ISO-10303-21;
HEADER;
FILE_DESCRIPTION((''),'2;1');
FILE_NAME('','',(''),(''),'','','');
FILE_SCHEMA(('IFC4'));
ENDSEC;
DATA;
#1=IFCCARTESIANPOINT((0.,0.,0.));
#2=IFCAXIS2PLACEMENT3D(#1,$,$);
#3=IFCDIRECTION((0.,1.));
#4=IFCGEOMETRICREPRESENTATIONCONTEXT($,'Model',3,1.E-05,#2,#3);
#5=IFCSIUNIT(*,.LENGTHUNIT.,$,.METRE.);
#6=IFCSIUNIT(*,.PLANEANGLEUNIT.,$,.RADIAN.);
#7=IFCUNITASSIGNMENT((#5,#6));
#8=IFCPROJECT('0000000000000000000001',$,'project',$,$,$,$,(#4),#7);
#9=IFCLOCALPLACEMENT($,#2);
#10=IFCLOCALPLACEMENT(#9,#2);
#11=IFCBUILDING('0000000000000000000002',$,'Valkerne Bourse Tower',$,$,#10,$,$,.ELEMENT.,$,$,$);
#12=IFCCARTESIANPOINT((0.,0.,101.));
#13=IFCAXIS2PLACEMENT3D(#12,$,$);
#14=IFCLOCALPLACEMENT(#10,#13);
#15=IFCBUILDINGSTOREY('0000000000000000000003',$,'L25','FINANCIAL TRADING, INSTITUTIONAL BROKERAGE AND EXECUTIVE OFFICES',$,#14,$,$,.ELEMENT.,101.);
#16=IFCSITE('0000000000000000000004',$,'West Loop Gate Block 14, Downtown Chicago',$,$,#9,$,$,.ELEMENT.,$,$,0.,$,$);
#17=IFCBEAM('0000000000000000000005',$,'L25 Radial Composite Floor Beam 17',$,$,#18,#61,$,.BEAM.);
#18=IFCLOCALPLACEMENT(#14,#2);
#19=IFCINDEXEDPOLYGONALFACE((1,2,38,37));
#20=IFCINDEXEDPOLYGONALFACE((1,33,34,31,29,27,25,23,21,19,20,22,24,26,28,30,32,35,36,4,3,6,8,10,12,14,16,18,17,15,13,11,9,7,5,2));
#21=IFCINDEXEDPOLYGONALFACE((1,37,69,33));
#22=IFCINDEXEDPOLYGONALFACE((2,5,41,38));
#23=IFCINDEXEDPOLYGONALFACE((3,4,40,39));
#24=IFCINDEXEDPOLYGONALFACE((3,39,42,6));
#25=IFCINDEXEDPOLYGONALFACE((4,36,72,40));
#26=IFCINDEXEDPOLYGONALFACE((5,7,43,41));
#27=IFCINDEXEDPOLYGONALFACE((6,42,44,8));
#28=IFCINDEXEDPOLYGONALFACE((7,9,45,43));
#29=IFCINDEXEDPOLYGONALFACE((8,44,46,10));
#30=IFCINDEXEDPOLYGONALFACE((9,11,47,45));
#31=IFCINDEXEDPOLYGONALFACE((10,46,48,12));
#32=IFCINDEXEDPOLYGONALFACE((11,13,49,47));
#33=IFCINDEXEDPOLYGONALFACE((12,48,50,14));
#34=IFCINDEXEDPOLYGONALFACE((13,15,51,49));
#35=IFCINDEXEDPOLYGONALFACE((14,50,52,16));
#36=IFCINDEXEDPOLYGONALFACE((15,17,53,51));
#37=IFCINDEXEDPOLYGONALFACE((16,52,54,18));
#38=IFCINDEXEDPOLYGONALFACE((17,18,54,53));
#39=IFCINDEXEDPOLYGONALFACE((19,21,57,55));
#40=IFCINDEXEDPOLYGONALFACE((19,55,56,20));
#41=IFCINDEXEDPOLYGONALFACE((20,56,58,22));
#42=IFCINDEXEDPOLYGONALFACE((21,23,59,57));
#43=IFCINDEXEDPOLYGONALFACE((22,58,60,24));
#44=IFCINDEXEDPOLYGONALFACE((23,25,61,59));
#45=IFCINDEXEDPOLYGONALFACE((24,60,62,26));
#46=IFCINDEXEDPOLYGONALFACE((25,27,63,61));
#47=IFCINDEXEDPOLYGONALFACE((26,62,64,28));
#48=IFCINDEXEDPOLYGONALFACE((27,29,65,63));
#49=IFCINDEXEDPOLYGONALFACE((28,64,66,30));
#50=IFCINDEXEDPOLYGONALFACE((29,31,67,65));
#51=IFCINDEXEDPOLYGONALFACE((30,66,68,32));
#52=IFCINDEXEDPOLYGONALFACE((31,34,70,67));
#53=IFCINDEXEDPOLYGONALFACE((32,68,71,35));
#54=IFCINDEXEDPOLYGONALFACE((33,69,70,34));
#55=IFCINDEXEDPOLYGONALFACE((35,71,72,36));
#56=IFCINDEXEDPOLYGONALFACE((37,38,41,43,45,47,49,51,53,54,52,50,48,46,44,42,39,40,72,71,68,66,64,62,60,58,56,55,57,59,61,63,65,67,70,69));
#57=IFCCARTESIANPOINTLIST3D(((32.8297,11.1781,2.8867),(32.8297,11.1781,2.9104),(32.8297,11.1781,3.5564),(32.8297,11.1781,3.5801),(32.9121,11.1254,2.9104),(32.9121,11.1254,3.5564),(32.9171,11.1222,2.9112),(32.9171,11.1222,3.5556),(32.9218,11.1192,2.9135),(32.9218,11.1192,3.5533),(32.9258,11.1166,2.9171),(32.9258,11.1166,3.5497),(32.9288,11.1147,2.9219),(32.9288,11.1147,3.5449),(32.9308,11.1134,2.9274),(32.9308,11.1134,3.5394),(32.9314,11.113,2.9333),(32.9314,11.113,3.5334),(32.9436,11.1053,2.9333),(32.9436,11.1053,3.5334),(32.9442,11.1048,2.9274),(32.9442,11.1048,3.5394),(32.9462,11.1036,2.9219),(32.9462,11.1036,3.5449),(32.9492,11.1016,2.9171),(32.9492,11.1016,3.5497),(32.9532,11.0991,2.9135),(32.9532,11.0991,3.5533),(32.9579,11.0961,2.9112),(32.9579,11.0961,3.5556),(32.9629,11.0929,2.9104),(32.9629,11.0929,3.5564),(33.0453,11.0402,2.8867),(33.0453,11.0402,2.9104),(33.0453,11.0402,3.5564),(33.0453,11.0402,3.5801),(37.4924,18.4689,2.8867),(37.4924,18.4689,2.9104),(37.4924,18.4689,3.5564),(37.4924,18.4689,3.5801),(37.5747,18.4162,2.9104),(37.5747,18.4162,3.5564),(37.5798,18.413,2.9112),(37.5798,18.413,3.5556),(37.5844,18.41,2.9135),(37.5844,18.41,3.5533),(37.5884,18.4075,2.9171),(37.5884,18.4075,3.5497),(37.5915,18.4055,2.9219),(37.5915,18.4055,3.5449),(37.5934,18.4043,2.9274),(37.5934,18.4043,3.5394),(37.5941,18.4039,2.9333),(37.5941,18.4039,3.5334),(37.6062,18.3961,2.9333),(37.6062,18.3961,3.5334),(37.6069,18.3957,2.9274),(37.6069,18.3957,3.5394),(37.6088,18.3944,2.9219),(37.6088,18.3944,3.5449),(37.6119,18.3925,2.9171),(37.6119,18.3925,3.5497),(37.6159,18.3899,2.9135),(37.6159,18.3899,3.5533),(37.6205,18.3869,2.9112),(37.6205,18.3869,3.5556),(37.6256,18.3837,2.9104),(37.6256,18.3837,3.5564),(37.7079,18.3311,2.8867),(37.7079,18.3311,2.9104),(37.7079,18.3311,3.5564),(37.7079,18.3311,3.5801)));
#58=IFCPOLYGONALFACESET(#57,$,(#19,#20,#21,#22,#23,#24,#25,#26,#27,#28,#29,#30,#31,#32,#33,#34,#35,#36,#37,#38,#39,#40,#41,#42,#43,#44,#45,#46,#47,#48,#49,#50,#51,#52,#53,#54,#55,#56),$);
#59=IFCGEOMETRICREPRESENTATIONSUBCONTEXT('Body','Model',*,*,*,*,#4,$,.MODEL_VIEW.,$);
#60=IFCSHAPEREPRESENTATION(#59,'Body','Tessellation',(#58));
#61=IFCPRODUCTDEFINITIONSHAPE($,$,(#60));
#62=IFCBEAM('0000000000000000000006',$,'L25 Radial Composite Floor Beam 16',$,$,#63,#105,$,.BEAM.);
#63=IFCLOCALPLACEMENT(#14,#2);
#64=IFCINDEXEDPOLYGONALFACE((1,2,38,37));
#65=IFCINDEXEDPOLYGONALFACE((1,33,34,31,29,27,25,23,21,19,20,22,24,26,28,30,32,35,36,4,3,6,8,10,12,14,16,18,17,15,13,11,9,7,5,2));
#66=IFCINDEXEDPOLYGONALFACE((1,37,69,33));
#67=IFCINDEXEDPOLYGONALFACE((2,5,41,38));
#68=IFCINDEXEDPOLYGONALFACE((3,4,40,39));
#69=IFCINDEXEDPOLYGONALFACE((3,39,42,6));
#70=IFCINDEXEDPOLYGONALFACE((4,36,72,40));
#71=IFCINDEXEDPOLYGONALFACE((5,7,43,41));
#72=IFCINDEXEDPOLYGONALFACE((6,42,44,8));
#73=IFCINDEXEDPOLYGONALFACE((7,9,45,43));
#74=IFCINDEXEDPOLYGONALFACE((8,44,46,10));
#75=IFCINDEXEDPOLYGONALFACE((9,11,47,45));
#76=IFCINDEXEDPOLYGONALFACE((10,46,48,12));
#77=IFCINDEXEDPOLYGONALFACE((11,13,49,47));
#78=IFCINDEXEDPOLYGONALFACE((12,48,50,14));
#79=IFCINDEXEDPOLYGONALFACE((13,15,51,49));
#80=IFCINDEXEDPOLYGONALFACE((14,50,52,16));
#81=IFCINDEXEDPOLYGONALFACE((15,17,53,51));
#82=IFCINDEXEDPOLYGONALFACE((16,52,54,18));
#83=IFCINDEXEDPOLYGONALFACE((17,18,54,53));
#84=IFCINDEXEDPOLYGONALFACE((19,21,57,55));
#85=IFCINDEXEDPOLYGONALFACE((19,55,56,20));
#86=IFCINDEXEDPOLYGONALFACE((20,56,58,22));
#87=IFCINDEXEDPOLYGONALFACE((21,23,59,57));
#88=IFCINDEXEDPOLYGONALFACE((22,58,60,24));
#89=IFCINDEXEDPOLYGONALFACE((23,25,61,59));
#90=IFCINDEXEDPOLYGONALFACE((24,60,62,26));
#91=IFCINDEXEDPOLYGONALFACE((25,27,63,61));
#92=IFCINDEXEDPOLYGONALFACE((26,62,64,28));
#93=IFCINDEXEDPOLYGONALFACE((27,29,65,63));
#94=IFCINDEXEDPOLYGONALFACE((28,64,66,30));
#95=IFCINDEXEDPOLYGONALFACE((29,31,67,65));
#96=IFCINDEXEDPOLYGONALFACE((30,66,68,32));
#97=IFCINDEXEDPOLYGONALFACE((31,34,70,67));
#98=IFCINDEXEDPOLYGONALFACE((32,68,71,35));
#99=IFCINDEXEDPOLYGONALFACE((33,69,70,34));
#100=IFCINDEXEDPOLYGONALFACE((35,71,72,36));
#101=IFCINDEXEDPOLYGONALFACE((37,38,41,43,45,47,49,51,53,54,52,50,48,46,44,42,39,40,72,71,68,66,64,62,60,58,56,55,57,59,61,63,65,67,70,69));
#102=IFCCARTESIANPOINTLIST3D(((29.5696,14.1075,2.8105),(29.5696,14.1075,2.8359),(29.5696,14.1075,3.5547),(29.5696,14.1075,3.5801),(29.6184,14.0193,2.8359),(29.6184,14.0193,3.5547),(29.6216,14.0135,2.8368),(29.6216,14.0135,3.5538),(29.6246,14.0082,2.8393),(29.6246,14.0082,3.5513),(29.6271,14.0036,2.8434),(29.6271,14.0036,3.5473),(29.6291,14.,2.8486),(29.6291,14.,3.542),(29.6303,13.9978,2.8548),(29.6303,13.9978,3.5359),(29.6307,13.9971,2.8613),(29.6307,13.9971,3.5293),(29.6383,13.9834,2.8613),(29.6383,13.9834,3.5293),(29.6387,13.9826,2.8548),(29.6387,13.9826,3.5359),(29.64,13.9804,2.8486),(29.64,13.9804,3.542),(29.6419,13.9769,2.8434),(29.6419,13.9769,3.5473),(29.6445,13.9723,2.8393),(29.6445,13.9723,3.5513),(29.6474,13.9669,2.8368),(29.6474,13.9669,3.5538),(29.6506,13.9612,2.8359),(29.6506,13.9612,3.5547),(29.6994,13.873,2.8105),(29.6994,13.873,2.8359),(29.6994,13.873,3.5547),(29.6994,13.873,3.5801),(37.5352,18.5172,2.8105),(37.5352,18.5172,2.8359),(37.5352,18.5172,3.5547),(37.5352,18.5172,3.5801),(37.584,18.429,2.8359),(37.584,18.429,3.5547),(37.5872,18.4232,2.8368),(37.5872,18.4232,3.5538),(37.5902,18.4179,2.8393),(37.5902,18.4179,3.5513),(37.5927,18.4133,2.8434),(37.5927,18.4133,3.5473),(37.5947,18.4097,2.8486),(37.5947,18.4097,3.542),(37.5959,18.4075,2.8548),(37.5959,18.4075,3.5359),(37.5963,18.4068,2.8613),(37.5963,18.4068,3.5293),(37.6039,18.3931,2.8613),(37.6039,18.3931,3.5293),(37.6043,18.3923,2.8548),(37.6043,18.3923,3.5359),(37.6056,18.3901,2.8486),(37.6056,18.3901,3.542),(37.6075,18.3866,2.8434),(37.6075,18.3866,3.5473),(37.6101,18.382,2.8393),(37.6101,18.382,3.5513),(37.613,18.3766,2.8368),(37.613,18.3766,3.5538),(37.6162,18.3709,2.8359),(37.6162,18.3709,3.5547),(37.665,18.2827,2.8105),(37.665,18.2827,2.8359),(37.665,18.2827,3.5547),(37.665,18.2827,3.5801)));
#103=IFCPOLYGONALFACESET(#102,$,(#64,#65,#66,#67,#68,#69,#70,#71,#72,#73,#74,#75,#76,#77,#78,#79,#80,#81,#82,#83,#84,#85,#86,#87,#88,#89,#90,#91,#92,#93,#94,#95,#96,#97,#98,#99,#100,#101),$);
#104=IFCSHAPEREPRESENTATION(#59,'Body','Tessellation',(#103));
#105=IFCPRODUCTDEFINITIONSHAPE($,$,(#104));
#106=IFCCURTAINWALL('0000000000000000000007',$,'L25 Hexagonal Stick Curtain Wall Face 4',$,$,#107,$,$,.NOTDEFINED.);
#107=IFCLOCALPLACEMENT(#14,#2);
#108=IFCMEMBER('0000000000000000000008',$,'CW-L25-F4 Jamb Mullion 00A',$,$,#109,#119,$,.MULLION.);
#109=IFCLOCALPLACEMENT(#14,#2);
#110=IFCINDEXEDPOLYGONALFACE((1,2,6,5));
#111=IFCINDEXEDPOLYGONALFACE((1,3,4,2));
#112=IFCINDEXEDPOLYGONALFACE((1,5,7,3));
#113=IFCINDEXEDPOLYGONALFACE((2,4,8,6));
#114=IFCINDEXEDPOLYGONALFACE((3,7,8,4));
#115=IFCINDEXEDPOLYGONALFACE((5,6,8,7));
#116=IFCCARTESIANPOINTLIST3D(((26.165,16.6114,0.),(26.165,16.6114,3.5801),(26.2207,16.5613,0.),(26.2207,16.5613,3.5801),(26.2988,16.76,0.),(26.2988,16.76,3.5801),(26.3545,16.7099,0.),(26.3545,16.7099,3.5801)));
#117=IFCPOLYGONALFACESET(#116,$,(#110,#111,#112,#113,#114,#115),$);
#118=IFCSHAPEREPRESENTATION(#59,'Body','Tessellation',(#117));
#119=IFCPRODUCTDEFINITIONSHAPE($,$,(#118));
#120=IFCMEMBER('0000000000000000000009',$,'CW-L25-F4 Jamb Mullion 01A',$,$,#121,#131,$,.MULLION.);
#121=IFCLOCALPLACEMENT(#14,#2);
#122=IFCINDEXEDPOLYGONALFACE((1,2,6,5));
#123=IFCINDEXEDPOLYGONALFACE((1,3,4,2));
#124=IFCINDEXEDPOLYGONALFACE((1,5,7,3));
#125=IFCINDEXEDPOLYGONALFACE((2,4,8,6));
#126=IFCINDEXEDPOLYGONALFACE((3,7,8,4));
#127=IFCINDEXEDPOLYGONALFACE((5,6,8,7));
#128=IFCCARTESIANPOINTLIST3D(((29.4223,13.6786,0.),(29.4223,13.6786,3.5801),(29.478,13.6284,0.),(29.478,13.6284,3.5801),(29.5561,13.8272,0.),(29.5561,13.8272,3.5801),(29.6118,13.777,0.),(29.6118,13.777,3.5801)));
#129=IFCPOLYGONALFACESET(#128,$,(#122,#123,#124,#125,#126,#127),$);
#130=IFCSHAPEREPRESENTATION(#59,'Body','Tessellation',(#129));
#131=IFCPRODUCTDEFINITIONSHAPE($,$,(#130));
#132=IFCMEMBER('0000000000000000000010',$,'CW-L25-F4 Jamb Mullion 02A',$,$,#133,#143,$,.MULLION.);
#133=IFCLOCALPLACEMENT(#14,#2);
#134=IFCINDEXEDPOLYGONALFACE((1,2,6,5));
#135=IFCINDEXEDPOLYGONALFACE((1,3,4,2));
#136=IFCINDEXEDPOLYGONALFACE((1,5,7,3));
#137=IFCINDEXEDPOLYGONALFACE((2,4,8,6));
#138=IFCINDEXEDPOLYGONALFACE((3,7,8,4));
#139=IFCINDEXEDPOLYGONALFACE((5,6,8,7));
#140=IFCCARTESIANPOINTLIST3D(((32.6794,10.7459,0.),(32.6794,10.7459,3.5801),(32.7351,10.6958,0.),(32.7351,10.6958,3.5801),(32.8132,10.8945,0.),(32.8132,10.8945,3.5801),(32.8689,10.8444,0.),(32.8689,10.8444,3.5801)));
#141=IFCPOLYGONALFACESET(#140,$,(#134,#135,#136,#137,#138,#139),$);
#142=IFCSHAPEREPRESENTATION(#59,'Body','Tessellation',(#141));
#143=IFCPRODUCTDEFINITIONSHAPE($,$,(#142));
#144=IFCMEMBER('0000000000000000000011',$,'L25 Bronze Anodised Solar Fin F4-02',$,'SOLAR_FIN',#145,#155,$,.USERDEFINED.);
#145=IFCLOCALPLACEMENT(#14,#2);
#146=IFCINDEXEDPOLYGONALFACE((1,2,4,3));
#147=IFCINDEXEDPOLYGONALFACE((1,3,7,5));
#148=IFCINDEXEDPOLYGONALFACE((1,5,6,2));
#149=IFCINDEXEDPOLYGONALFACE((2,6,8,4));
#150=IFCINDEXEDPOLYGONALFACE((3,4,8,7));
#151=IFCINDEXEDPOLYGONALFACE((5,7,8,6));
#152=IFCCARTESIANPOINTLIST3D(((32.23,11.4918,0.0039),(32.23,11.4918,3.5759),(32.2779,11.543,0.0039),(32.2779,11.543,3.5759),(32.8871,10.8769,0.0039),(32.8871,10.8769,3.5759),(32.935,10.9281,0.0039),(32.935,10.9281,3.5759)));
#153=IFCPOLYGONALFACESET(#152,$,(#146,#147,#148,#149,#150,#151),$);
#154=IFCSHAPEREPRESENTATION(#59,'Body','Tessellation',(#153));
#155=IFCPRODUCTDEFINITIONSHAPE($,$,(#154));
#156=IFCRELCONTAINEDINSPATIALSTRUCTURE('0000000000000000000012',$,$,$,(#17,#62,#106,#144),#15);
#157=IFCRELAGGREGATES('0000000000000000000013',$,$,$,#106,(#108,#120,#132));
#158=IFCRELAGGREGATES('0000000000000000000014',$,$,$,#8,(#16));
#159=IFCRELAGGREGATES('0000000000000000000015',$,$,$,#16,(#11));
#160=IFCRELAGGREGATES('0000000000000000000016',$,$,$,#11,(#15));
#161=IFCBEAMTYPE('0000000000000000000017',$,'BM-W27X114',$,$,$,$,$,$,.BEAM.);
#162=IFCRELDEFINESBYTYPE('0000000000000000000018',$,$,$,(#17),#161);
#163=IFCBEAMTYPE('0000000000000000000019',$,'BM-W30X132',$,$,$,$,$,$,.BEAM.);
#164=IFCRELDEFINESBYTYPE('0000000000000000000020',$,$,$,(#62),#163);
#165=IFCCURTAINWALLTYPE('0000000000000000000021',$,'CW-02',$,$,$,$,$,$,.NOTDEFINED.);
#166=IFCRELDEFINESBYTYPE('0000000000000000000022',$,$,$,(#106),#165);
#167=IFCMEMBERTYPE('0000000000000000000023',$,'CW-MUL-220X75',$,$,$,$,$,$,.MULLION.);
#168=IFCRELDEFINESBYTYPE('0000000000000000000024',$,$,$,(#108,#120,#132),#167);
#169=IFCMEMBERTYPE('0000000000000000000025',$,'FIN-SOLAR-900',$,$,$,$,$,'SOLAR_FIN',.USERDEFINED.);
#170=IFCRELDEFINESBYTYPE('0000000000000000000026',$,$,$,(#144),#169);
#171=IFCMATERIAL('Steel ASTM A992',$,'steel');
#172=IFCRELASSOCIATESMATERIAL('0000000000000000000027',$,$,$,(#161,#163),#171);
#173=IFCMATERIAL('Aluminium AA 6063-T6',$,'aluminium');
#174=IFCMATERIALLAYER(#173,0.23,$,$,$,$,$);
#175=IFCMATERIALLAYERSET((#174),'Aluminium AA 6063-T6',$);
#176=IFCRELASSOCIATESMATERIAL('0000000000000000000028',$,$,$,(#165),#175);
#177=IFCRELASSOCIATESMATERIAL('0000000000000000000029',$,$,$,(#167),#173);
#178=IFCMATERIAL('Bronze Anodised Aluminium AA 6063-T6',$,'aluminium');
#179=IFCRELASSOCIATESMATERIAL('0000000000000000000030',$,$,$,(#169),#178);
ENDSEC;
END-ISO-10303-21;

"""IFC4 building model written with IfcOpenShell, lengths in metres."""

from ifc_helpers import new_model, si_unit, direction, frame, origin, origin_2d, place, context, subcontext, project, spatial, rectangle, i_section, extrude, material, layer, layer_set, material_profile, profile_set, type_object, element, aggregate, save


model = new_model("IFC4")

# Units and contexts
model_context = context("Model", 3, precision=1e-05, world=origin(), true_north=direction((0.0, 1.0)))
body_context = subcontext(model_context, "Body", "Model", "MODEL_VIEW")
ifc_project = project(units=[si_unit("LENGTHUNIT", "METRE"), si_unit("PLANEANGLEUNIT", "RADIAN")], contexts=[model_context])

# Site, building, storey
site_placement = place(None, origin())
site = spatial("IfcSite", under=ifc_project, at=site_placement, Name="West Loop Gate Block 14, Downtown Chicago", CompositionType="ELEMENT", RefElevation=0.0)
building_placement = place(site_placement, origin())
building = spatial("IfcBuilding", under=site, at=building_placement, Name="Valkerne Bourse Tower", CompositionType="ELEMENT")
storey_placement = place(building_placement, frame((0.0, 0.0, 101.0)))
storey = spatial("IfcBuildingStorey", under=building, at=storey_placement, Name="L25", Description="FINANCIAL TRADING, INSTITUTIONAL BROKERAGE AND EXECUTIVE OFFICES", CompositionType="ELEMENT", Elevation=101.0)

# Beams
ifc_material_1 = material(Name="Steel ASTM A992", Category="steel")
ifc_material_profile_1 = material_profile(ifc_material_1, i_section(OverallWidth=0.2559, OverallDepth=0.6934, WebThickness=0.0144, FlangeThickness=0.0237, FilletRadius=0.0229, at=origin_2d()), Name="W27X114")
ifc_profile_set_1 = profile_set([ifc_material_profile_1], Name="Steel ASTM A992")
beam_type_1 = type_object("IfcBeamType", Name="BM-W27X114", PredefinedType="BEAM", material=ifc_profile_set_1)
beam_1_placement = place(storey_placement, frame((32.9375, 11.1091, 3.2334), z_axis=(0.538767, 0.842455, 0.0), x_axis=(-0.842455, 0.538767, 0.0)))
element("IfcBeam", 1, at=beam_1_placement, inside=storey, type_object=beam_type_1, Name="L25 Radial Composite Floor Beam 17", PredefinedType="BEAM", context=body_context, shape_type="SweptSolid", body=[
    extrude(i_section(OverallWidth=0.2559, OverallDepth=0.6934, WebThickness=0.0144, FlangeThickness=0.0237, FilletRadius=0.0229, at=origin_2d()), origin(), (0.0, 0.0, 1.0), 8.6543),
])
ifc_material_profile_2 = material_profile(ifc_material_1, i_section(OverallWidth=0.2681, OverallDepth=0.7695, WebThickness=0.0156, FlangeThickness=0.0254, FilletRadius=0.0254, at=origin_2d()), Name="W30X132")
ifc_profile_set_2 = profile_set([ifc_material_profile_2], Name="Steel ASTM A992")
beam_type_2 = type_object("IfcBeamType", Name="BM-W30X132", PredefinedType="BEAM", material=ifc_profile_set_2)
beam_2_placement = place(storey_placement, frame((29.6345, 13.9902, 3.1953), z_axis=(0.874886, 0.484329, 0.0), x_axis=(-0.484329, 0.874886, 0.0)))
element("IfcBeam", 2, at=beam_2_placement, inside=storey, type_object=beam_type_2, Name="L25 Radial Composite Floor Beam 16", PredefinedType="BEAM", context=body_context, shape_type="SweptSolid", body=[
    extrude(i_section(OverallWidth=0.2681, OverallDepth=0.7695, WebThickness=0.0156, FlangeThickness=0.0254, FilletRadius=0.0254, at=origin_2d()), origin(), (0.0, 0.0, 1.0), 9.1047),
])

# Curtain wall, members
ifc_material_2 = material(Name="Aluminium AA 6063-T6", Category="aluminium")
ifc_layer_1 = layer(ifc_material_2, 0.23)
ifc_layer_set_1 = layer_set([ifc_layer_1], Name="Aluminium AA 6063-T6")
curtain_wall_type = type_object("IfcCurtainWallType", Name="CW-02", PredefinedType="NOTDEFINED", material=ifc_layer_set_1)
curtain_wall_placement = place(storey_placement, origin())
curtain_wall = element("IfcCurtainWall", 3, at=curtain_wall_placement, inside=storey, type_object=curtain_wall_type, Name="L25 Hexagonal Stick Curtain Wall Face 4", PredefinedType="NOTDEFINED")
ifc_material_profile_3 = material_profile(ifc_material_2, rectangle(XDim=0.075, YDim=0.2, at=origin_2d()), Name="CWM-75X200")
ifc_profile_set_3 = profile_set([ifc_material_profile_3], Name="Aluminium AA 6063-T6")
member_type_1 = type_object("IfcMemberType", Name="CW-MUL-220X75", PredefinedType="MULLION", material=ifc_profile_set_3)
member_1_placement = place(storey_placement, frame((26.2598, 16.6606, 0.0), z_axis=(0.0, 0.0, 1.0), x_axis=(0.743144, -0.669131, 0.0)))
member_1 = element("IfcMember", 4, at=member_1_placement, type_object=member_type_1, Name="CW-L25-F4 Jamb Mullion 00A", PredefinedType="MULLION", context=body_context, shape_type="SweptSolid", body=[
    extrude(rectangle(XDim=0.075, YDim=0.2, at=origin_2d()), origin(), (0.0, 0.0, 1.0), 3.5801),
])
member_2_placement = place(storey_placement, frame((29.5171, 13.7278, 0.0), z_axis=(0.0, 0.0, 1.0), x_axis=(0.743144, -0.669131, 0.0)))
member_2 = element("IfcMember", 5, at=member_2_placement, type_object=member_type_1, Name="CW-L25-F4 Jamb Mullion 01A", PredefinedType="MULLION", context=body_context, shape_type="SweptSolid", body=[
    extrude(rectangle(XDim=0.075, YDim=0.2, at=origin_2d()), origin(), (0.0, 0.0, 1.0), 3.5801),
])
member_3_placement = place(storey_placement, frame((32.7742, 10.7952, 0.0), z_axis=(0.0, 0.0, 1.0), x_axis=(0.743144, -0.669131, 0.0)))
member_3 = element("IfcMember", 6, at=member_3_placement, type_object=member_type_1, Name="CW-L25-F4 Jamb Mullion 02A", PredefinedType="MULLION", context=body_context, shape_type="SweptSolid", body=[
    extrude(rectangle(XDim=0.075, YDim=0.2, at=origin_2d()), origin(), (0.0, 0.0, 1.0), 3.5801),
])

# Member
ifc_material_3 = material(Name="Bronze Anodised Aluminium AA 6063-T6", Category="aluminium")
ifc_material_profile_4 = material_profile(ifc_material_3, rectangle(XDim=0.0701, YDim=0.8999, at=origin_2d()), Name="FIN-70X900")
ifc_profile_set_4 = profile_set([ifc_material_profile_4], Name="Bronze Anodised Aluminium AA 6063-T6")
member_type_2 = type_object("IfcMemberType", Name="FIN-SOLAR-900", ElementType="SOLAR_FIN", PredefinedType="USERDEFINED", material=ifc_profile_set_4)
member_4_placement = place(storey_placement, frame((32.5825, 11.21, 0.0039), z_axis=(0.0, 0.0, 1.0), x_axis=(-0.683254, -0.73018, 0.0)))
element("IfcMember", 7, at=member_4_placement, inside=storey, type_object=member_type_2, Name="L25 Bronze Anodised Solar Fin F4-02", ObjectType="SOLAR_FIN", PredefinedType="USERDEFINED", context=body_context, shape_type="SweptSolid", body=[
    extrude(rectangle(XDim=0.0701, YDim=0.8999, at=origin_2d()), origin(), (0.0, 0.0, 1.0), 3.572),
])

aggregate(curtain_wall, [member_1, member_2, member_3])

save(model, "model.ifc")
